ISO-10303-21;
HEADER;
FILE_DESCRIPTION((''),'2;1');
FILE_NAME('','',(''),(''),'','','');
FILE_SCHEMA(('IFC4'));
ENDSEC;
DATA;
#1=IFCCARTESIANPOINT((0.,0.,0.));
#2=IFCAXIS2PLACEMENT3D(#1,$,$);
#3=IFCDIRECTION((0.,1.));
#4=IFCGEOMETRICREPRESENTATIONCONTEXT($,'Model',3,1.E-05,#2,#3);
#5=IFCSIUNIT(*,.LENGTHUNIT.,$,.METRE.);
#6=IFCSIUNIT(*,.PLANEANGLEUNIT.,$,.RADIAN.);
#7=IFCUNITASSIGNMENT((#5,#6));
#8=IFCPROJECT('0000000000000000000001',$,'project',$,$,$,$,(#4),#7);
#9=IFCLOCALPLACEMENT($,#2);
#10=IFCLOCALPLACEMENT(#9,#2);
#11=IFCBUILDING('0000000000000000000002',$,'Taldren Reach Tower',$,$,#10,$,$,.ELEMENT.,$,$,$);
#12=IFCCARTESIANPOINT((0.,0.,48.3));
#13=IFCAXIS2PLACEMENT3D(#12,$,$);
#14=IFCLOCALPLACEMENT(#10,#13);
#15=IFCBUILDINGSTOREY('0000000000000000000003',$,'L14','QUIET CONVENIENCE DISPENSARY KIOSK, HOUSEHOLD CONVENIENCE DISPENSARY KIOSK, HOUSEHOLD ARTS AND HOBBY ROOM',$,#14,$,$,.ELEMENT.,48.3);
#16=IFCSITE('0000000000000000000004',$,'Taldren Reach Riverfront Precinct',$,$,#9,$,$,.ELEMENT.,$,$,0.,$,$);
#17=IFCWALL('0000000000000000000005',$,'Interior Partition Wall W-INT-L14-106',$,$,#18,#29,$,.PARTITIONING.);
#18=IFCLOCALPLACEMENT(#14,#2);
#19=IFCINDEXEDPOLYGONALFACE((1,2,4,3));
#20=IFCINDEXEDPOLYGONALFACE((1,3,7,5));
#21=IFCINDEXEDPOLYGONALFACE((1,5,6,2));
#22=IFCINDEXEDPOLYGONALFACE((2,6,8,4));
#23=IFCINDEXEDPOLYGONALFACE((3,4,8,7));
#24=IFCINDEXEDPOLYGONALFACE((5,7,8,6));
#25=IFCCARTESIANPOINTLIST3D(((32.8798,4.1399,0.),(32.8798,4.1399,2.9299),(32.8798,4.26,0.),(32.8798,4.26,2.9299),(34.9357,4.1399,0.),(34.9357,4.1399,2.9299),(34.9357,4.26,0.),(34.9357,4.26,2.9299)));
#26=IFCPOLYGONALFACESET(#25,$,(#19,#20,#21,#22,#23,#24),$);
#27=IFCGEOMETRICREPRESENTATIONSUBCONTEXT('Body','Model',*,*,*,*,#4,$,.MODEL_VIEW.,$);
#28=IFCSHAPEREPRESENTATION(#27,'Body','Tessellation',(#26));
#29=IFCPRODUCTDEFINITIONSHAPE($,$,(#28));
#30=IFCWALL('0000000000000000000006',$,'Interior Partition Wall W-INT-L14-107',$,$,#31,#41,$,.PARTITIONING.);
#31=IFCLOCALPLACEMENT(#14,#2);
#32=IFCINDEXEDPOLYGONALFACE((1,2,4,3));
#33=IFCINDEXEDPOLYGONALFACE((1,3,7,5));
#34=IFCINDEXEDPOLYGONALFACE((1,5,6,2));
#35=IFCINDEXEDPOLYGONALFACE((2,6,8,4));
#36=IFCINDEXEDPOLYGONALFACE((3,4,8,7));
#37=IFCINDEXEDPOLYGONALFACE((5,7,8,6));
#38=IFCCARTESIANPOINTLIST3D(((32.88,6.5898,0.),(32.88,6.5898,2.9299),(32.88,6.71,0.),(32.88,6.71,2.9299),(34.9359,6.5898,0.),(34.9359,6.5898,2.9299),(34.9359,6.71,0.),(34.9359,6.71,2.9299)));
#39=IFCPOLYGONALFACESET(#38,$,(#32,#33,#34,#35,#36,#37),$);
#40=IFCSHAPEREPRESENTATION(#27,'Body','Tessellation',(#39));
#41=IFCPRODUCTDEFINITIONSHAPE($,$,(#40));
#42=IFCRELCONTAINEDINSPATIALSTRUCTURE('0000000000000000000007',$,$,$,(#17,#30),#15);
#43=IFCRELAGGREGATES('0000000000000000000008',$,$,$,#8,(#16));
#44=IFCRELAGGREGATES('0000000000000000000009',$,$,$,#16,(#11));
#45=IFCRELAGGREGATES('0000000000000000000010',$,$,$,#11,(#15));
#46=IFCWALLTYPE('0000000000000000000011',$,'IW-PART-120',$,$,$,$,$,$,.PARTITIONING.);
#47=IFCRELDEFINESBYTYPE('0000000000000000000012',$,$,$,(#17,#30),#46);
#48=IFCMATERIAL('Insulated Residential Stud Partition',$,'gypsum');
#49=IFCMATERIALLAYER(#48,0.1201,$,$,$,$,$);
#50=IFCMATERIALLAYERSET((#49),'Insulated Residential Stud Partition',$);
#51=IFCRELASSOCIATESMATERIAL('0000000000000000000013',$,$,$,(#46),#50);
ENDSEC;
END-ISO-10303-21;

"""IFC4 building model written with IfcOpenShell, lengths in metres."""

from ifc_helpers import new_model, si_unit, direction, frame, frame_2d, origin, place, context, subcontext, project, spatial, rectangle, extrude, source, transform, mapped, material, layer, layer_set, type_object, element, save


model = new_model("IFC4")

# Units and contexts
model_context = context("Model", 3, precision=1e-05, world=origin(), true_north=direction((0.0, 1.0)))
body_context = subcontext(model_context, "Body", "Model", "MODEL_VIEW")
ifc_project = project(units=[si_unit("LENGTHUNIT", "METRE"), si_unit("PLANEANGLEUNIT", "RADIAN")], contexts=[model_context])

# Site, building, storey
site_placement = place(None, origin())
site = spatial("IfcSite", under=ifc_project, at=site_placement, Name="Taldren Reach Riverfront Precinct", CompositionType="ELEMENT", RefElevation=0.0)
building_placement = place(site_placement, origin())
building = spatial("IfcBuilding", under=site, at=building_placement, Name="Taldren Reach Tower", CompositionType="ELEMENT")
storey_placement = place(building_placement, frame((0.0, 0.0, 48.3)))
storey = spatial("IfcBuildingStorey", under=building, at=storey_placement, Name="L14", Description="QUIET CONVENIENCE DISPENSARY KIOSK, HOUSEHOLD CONVENIENCE DISPENSARY KIOSK, HOUSEHOLD ARTS AND HOBBY ROOM", CompositionType="ELEMENT", Elevation=48.3)

# Shared definitions
ifc_material_1 = material(Name="Insulated Residential Stud Partition", Category="gypsum")
ifc_layer_1 = layer(ifc_material_1, 0.1201)
ifc_layer_set_1 = layer_set([ifc_layer_1], Name="Insulated Residential Stud Partition")
wall_type_1 = type_object("IfcWallType", Name="IW-PART-120", PredefinedType="PARTITIONING", material=ifc_layer_set_1)

# Walls
shared_shape_1 = source(origin(), body_context, "Body", "SweptSolid", [
    extrude(rectangle(XDim=2.0559, YDim=0.1201, at=frame_2d((1.0278, 0.0))), origin(), (0.0, 0.0, 1.0), 2.9299),
])
for number, where, z_axis, x_axis, name in (
    (1, (32.8799, 4.2, 0.0), (0.0, 0.0, 1.0), (1.0, 0.0, 0.0), "Interior Partition Wall W-INT-L14-106"),
    (2, (34.9358, 6.6499, 0.0), (0.0, 0.0, 1.0), (-1.0, 0.0, 0.0), "Interior Partition Wall W-INT-L14-107"),
):
    element("IfcWall", number, at=place(storey_placement, frame(where, z_axis=z_axis, x_axis=x_axis)), inside=storey, type_object=wall_type_1, Name=name, PredefinedType="PARTITIONING", context=body_context, shape_type="MappedRepresentation", body=[
        mapped(shared_shape_1, transform((0.0, 0.0, 0.0), scale=1.0)),
    ])

save(model, "model.ifc")
